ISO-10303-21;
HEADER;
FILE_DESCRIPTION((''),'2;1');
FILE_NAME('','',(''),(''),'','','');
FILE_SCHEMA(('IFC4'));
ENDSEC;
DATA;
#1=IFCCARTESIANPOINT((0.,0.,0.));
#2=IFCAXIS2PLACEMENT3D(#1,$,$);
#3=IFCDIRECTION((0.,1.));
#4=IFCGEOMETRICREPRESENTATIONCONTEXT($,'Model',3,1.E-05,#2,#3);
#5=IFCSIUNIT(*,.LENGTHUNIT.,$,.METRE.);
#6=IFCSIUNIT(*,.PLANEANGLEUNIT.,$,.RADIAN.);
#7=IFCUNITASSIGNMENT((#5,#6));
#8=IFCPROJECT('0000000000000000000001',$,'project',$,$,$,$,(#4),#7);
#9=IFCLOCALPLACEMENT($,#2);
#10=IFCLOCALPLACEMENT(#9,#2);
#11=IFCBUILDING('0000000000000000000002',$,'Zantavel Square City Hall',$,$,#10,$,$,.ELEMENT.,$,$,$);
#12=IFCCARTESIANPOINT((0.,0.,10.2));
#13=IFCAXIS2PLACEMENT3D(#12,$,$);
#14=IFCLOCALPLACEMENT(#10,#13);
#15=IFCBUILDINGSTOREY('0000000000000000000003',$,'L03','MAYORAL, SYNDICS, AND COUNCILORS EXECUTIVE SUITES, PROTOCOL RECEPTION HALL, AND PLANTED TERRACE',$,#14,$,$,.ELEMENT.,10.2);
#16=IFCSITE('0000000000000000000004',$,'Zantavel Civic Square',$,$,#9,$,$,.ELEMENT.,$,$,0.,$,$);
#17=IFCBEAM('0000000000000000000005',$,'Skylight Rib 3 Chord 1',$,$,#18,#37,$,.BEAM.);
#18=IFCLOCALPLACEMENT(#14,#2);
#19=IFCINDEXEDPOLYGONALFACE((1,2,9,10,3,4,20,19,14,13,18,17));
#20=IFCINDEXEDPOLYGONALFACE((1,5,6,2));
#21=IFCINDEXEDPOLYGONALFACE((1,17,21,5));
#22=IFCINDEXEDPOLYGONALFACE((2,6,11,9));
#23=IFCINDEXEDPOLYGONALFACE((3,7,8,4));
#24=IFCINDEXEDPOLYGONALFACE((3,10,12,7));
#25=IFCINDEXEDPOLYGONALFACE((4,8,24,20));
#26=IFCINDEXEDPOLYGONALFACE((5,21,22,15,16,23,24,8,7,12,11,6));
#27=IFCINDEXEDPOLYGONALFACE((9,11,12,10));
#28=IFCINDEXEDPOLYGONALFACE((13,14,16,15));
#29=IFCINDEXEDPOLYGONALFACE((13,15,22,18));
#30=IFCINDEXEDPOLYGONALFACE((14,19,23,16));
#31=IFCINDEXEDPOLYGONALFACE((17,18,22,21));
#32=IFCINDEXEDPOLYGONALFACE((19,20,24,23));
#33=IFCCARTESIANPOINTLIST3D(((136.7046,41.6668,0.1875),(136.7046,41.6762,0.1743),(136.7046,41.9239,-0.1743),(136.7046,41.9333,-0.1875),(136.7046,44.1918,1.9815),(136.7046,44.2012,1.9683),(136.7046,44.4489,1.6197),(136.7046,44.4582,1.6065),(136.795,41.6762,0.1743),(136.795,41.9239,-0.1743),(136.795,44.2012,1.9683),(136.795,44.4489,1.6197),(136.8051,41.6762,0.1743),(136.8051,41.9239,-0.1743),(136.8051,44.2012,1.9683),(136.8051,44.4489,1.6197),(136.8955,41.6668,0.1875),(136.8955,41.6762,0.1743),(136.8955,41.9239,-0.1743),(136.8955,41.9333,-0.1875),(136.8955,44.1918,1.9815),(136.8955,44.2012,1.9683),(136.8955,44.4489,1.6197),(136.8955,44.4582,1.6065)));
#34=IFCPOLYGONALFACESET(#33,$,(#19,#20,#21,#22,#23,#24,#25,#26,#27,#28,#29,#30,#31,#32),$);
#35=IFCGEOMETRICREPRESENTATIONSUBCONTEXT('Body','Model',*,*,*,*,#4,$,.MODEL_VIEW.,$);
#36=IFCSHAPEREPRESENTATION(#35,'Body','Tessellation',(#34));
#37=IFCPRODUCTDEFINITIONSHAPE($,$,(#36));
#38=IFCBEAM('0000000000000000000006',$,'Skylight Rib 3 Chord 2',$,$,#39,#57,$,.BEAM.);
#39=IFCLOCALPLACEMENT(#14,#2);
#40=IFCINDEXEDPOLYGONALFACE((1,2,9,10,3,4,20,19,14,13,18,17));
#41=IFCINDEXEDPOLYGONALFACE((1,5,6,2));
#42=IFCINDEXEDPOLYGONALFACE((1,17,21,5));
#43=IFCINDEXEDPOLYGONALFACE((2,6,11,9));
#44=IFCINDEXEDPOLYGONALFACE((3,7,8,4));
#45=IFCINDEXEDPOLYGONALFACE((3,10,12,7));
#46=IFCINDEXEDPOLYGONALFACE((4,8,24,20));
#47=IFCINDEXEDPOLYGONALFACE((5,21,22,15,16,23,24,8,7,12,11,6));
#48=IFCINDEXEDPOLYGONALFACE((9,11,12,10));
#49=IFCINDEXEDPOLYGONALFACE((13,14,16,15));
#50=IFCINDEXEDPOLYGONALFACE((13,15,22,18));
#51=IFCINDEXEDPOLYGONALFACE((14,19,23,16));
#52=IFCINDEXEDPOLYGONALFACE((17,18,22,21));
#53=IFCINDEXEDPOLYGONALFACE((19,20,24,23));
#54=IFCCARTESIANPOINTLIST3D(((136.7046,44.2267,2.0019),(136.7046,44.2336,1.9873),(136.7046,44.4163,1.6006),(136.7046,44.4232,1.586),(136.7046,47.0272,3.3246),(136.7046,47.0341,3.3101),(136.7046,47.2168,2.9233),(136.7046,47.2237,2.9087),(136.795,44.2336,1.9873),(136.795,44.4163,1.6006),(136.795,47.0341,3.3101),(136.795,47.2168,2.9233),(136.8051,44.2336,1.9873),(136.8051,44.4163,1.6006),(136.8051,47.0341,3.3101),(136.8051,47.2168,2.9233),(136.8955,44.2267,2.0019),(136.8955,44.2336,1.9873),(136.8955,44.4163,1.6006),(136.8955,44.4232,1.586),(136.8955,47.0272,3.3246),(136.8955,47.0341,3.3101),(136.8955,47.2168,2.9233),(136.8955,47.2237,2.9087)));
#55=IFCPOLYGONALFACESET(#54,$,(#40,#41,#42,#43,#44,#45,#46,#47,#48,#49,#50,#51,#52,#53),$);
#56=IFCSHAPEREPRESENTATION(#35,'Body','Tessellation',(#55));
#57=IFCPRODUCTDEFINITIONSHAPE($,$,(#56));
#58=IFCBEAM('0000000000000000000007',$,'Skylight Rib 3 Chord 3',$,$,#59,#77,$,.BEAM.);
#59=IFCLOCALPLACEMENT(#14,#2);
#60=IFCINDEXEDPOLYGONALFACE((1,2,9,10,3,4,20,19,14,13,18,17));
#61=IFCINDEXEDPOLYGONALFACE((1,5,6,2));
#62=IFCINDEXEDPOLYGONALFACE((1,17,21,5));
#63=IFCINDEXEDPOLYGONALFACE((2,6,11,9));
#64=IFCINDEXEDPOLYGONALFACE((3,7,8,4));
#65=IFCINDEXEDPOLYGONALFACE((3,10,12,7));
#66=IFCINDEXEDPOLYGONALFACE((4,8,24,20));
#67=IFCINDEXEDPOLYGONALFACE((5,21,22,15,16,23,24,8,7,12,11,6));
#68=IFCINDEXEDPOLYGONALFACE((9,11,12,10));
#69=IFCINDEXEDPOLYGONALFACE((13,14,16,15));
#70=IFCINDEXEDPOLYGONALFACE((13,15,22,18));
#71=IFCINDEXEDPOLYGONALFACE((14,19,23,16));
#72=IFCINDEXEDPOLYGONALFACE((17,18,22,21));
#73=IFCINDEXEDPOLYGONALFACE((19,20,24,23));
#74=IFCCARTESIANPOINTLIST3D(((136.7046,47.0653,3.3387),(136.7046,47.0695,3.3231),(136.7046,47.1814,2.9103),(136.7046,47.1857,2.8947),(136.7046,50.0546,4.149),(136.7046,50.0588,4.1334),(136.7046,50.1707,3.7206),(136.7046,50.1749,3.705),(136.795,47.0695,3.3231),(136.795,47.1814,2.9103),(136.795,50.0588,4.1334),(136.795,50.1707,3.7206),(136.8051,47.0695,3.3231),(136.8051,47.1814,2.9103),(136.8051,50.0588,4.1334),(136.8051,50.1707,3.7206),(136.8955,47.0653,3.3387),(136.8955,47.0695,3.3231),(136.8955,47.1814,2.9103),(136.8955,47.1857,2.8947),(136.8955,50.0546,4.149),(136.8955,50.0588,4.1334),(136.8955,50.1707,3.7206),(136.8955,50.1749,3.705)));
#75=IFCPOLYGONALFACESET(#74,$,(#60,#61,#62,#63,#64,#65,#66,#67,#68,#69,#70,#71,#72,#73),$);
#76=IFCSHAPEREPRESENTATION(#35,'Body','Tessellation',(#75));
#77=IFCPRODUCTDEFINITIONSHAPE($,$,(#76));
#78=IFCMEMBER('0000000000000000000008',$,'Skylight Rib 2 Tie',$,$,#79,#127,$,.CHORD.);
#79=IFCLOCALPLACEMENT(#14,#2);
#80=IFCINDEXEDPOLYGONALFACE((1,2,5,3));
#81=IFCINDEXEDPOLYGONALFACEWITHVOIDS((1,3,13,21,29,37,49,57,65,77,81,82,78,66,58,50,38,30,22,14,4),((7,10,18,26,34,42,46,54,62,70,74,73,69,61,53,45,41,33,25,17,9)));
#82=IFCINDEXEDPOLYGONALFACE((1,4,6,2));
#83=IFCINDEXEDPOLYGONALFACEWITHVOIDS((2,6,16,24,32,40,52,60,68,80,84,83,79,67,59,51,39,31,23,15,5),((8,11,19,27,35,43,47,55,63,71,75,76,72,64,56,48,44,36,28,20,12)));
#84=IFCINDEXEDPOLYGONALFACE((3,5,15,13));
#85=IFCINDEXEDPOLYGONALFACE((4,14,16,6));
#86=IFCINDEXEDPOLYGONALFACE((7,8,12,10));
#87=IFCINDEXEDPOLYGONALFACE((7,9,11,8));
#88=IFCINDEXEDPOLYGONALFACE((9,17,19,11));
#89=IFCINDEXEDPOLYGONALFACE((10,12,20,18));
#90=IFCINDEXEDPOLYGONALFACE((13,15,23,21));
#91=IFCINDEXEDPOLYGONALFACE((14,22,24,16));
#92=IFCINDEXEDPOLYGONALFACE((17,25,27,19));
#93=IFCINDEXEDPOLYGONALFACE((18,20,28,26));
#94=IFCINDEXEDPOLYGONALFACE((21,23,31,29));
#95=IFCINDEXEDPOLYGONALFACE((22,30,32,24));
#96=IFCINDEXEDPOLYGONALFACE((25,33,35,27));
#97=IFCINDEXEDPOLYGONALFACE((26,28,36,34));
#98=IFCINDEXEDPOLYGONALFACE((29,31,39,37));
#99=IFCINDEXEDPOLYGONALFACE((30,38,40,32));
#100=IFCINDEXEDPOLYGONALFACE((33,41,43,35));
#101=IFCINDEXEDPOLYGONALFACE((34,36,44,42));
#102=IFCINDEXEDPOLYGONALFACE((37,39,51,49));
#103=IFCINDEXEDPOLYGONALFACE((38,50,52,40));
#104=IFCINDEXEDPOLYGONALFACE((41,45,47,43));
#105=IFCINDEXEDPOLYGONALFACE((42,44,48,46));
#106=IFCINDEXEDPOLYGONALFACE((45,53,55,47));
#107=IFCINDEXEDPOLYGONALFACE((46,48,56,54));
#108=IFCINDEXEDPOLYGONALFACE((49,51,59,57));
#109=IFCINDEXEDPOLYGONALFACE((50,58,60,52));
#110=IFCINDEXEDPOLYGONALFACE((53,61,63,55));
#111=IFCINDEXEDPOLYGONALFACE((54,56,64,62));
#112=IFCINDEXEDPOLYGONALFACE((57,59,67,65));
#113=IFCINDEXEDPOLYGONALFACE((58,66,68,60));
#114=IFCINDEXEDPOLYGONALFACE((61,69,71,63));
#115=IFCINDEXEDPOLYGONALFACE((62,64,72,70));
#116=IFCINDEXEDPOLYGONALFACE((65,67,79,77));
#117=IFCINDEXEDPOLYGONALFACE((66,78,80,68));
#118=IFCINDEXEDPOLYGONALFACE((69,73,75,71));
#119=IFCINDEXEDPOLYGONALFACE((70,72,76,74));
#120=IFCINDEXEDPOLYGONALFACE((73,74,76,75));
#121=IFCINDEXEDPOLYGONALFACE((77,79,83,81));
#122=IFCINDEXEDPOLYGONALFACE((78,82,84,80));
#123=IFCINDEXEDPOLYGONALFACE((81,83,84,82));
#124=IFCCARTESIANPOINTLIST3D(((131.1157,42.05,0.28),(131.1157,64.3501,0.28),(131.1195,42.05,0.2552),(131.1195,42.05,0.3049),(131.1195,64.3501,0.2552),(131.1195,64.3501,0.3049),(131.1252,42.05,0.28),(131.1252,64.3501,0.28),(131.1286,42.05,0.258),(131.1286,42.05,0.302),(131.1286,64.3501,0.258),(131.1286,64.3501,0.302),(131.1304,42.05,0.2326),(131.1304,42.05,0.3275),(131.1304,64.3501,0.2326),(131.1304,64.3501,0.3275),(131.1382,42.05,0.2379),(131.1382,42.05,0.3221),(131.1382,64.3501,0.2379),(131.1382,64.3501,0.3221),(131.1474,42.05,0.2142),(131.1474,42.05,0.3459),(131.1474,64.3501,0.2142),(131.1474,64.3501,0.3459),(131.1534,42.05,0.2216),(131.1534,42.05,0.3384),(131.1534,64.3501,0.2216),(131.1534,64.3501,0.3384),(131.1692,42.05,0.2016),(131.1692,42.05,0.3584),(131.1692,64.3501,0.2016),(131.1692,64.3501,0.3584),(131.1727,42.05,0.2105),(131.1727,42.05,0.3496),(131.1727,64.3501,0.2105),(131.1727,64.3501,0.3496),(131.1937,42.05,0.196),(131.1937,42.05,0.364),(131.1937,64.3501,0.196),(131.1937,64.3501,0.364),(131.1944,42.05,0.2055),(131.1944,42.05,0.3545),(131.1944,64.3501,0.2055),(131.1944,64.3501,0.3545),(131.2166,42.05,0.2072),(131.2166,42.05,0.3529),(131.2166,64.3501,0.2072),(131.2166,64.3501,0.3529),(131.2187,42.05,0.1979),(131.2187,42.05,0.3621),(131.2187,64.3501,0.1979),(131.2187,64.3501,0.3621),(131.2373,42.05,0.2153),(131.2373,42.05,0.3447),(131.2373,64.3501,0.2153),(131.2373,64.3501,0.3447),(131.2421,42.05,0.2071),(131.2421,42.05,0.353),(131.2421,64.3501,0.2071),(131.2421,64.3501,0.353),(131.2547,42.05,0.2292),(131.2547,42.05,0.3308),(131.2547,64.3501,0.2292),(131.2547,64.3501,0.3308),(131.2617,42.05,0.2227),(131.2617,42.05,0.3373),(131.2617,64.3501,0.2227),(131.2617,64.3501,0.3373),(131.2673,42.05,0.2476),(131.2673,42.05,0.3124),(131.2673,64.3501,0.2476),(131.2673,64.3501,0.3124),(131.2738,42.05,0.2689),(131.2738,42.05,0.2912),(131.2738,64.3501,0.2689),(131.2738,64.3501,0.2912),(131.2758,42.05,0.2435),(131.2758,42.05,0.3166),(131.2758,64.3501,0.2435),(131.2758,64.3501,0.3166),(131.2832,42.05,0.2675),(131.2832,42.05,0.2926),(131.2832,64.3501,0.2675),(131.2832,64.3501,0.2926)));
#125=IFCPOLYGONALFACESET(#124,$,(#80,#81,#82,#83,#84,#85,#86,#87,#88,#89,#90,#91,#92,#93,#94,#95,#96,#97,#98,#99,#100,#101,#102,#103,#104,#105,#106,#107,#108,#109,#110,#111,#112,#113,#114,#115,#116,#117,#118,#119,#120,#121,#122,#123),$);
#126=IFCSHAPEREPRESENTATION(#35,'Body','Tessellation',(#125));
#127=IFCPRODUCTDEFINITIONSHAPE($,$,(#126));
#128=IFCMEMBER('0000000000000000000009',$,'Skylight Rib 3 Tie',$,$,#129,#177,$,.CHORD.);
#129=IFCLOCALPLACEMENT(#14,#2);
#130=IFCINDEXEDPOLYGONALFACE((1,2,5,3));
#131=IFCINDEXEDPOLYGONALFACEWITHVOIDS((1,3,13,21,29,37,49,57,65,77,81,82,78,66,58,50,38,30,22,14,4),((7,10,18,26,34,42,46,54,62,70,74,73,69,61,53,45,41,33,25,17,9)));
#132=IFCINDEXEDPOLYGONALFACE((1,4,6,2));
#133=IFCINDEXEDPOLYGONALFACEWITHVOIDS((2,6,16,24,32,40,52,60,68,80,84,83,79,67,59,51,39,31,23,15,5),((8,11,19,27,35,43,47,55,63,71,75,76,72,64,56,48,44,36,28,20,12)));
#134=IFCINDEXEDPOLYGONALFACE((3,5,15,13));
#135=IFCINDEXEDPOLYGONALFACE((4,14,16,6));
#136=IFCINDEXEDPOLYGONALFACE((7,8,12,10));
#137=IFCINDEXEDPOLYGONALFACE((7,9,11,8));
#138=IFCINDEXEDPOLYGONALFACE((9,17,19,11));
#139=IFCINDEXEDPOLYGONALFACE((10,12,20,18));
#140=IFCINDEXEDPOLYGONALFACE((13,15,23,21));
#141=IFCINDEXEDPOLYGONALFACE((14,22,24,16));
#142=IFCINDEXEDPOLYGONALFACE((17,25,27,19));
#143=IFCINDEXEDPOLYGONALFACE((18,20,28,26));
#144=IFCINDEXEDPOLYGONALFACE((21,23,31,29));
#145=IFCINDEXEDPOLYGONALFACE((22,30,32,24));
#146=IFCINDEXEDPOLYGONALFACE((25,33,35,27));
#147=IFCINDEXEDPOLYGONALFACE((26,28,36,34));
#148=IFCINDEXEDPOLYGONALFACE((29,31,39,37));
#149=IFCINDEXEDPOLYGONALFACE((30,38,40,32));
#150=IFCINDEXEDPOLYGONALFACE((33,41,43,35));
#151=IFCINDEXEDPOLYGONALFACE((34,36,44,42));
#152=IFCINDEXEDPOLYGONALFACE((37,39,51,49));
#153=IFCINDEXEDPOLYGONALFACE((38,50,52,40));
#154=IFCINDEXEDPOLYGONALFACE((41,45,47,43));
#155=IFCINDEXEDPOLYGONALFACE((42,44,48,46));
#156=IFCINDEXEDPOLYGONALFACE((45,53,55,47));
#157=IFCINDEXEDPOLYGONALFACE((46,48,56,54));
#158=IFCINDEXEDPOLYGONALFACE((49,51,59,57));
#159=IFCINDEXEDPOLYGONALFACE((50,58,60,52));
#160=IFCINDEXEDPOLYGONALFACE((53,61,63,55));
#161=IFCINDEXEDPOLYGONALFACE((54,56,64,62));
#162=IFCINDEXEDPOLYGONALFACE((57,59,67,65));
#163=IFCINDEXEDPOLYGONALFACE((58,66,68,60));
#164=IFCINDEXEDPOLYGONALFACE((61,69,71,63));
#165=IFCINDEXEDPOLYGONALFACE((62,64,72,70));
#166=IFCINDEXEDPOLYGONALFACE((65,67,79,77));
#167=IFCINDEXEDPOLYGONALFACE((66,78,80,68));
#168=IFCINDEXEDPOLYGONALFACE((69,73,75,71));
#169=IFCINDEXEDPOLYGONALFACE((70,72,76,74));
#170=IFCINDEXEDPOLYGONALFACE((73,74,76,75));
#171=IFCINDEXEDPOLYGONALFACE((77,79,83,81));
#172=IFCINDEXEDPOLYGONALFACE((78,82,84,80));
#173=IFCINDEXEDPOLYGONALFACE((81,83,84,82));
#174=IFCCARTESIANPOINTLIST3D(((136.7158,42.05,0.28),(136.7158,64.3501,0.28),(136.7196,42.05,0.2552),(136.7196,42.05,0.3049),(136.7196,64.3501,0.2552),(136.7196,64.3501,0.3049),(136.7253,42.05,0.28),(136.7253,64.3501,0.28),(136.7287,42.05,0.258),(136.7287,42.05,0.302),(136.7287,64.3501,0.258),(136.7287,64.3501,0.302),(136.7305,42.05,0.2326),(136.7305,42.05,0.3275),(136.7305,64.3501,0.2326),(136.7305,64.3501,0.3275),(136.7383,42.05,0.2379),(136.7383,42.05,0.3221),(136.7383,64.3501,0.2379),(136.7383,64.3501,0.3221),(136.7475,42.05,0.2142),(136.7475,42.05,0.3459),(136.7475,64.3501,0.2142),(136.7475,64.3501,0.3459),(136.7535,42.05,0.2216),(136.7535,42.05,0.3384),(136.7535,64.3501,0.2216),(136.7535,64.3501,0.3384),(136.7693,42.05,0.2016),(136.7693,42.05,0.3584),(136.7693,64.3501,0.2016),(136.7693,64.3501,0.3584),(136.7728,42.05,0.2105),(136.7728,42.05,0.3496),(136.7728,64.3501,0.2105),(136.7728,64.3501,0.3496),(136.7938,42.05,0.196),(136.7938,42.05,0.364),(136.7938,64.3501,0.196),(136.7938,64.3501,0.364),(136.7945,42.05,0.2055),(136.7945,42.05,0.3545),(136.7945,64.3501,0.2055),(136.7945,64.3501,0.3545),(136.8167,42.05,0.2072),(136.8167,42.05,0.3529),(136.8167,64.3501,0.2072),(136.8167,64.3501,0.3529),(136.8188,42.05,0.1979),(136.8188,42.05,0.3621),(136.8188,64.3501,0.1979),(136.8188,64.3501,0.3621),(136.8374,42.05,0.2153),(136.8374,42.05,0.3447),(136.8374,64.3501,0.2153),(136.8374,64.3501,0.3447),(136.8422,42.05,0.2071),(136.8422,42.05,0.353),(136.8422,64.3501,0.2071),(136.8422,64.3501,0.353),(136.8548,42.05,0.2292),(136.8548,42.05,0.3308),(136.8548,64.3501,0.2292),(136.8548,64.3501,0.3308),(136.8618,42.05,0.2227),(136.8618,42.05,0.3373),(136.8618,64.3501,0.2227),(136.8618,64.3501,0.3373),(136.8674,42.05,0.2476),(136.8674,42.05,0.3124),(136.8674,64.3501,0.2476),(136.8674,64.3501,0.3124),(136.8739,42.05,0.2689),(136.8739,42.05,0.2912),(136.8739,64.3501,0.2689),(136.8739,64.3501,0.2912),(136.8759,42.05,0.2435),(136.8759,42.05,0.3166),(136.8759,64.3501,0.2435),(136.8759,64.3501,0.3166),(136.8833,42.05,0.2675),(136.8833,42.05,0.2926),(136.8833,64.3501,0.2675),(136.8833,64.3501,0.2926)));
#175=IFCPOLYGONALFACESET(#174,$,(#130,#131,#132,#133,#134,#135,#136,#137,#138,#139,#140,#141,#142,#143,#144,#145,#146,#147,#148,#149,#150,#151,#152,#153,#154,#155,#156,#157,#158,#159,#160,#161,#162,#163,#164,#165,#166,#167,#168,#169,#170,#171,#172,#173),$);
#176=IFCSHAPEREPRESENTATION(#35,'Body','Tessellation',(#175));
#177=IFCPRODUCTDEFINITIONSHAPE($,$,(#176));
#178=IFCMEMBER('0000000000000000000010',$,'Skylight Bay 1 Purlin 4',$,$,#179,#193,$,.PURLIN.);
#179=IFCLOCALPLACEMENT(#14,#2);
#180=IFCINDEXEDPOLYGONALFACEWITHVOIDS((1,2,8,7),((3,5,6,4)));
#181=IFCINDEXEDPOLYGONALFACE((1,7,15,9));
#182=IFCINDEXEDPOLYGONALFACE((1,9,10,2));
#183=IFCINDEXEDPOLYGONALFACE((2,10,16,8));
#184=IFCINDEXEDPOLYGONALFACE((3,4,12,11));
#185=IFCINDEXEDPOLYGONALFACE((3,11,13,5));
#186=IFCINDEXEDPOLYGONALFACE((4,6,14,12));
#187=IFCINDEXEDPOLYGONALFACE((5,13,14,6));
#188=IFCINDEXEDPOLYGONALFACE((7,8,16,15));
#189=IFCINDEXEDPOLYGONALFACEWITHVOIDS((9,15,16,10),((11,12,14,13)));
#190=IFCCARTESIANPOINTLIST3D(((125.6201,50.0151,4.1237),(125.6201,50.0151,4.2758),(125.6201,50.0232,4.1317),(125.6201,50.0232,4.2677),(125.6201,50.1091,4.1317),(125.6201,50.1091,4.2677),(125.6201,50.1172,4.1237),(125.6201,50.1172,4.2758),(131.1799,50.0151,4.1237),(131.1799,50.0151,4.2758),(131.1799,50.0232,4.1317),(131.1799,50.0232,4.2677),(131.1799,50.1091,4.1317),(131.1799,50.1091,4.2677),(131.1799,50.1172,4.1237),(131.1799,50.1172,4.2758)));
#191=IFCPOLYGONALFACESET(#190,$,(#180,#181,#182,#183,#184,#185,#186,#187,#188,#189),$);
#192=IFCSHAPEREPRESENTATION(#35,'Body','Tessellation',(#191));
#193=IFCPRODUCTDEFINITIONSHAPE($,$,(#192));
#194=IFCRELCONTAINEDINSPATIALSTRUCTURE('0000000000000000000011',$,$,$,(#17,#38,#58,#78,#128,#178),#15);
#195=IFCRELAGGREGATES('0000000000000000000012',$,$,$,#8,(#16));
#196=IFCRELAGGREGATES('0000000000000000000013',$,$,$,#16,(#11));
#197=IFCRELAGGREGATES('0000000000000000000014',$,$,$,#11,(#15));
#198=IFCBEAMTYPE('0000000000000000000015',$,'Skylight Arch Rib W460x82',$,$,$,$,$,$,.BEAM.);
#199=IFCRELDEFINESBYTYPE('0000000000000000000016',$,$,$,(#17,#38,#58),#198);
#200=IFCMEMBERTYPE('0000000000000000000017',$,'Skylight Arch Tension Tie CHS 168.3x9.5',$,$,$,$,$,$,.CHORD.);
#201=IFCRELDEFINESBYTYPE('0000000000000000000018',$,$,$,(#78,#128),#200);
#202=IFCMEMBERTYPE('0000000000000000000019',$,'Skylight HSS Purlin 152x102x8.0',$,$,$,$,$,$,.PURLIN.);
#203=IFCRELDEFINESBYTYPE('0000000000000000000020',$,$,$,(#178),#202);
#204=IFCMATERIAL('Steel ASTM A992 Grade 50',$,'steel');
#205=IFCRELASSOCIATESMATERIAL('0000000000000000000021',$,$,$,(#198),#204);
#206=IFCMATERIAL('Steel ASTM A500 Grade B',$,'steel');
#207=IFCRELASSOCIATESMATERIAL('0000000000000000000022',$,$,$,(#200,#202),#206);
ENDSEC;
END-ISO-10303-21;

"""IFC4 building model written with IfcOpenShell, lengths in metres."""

from ifc_helpers import new_model, si_unit, direction, frame, origin, origin_2d, place, context, subcontext, project, spatial, hollow_rectangle, hollow_circle, i_section, extrude, material, material_profile, profile_set, type_object, element, save


model = new_model("IFC4")

# Units and contexts
model_context = context("Model", 3, precision=1e-05, world=origin(), true_north=direction((0.0, 1.0)))
body_context = subcontext(model_context, "Body", "Model", "MODEL_VIEW")
ifc_project = project(units=[si_unit("LENGTHUNIT", "METRE"), si_unit("PLANEANGLEUNIT", "RADIAN")], contexts=[model_context])

# Site, building, storey
site_placement = place(None, origin())
site = spatial("IfcSite", under=ifc_project, at=site_placement, Name="Zantavel Civic Square", CompositionType="ELEMENT", RefElevation=0.0)
building_placement = place(site_placement, origin())
building = spatial("IfcBuilding", under=site, at=building_placement, Name="Zantavel Square City Hall", CompositionType="ELEMENT")
storey_placement = place(building_placement, frame((0.0, 0.0, 10.2)))
storey = spatial("IfcBuildingStorey", under=building, at=storey_placement, Name="L03", Description="MAYORAL, SYNDICS, AND COUNCILORS EXECUTIVE SUITES, PROTOCOL RECEPTION HALL, AND PLANTED TERRACE", CompositionType="ELEMENT", Elevation=10.2)

# Beams
ifc_material_1 = material(Name="Steel ASTM A992 Grade 50", Category="steel")
ifc_material_profile_1 = material_profile(ifc_material_1, i_section(OverallWidth=0.1909, OverallDepth=0.46, WebThickness=0.01, FlangeThickness=0.0161, at=origin_2d()), Name="W460x82")
ifc_profile_set_1 = profile_set([ifc_material_profile_1], Name="Steel ASTM A992 Grade 50")
beam_type_1 = type_object("IfcBeamType", Name="Skylight Arch Rib W460x82", PredefinedType="BEAM", material=ifc_profile_set_1)
beam_1_placement = place(storey_placement, frame((136.8, 41.8, 0.0), z_axis=(0.0, 0.81519, 0.579193), x_axis=(-1.0, 0.0, 0.0)))
element("IfcBeam", 1, at=beam_1_placement, inside=storey, type_object=beam_type_1, Name="Skylight Rib 3 Chord 1", PredefinedType="BEAM", context=body_context, shape_type="SweptSolid", body=[
    extrude(i_section(OverallWidth=0.1909, OverallDepth=0.46, WebThickness=0.01, FlangeThickness=0.0161, at=origin_2d()), origin(), (0.0, 0.0, 1.0), 3.0974),
])
for number, where, z_axis, x_axis, name in (
    (2, (136.8, 44.325, 1.7939), (0.0, 0.904214, 0.42708), (-1.0, 0.0, 0.0), "Skylight Rib 3 Chord 2"),
    (3, (136.8, 47.1255, 3.1167), (0.0, 0.965168, 0.26163), (-1.0, 0.0, 0.0), "Skylight Rib 3 Chord 3"),
):
    element("IfcBeam", number, at=place(storey_placement, frame(where, z_axis=z_axis, x_axis=x_axis)), inside=storey, type_object=beam_type_1, Name=name, PredefinedType="BEAM", context=body_context, shape_type="SweptSolid", body=[
        extrude(i_section(OverallWidth=0.1909, OverallDepth=0.46, WebThickness=0.01, FlangeThickness=0.0161, at=origin_2d()), origin(), (0.0, 0.0, 1.0), 3.0972),
    ])

# Members
ifc_material_2 = material(Name="Steel ASTM A500 Grade B", Category="steel")
ifc_material_profile_2 = material_profile(ifc_material_2, hollow_circle(Radius=0.0842, WallThickness=0.0095, at=origin_2d()), Name="CHS 168.3x9.5")
ifc_profile_set_2 = profile_set([ifc_material_profile_2], Name="Steel ASTM A500 Grade B")
member_type_1 = type_object("IfcMemberType", Name="Skylight Arch Tension Tie CHS 168.3x9.5", PredefinedType="CHORD", material=ifc_profile_set_2)
for number, where, z_axis, x_axis, name in (
    (4, (131.2, 42.05, 0.28), (0.0, 1.0, 0.0), (-1.0, 0.0, 0.0), "Skylight Rib 2 Tie"),
    (5, (136.8, 42.05, 0.28), (0.0, 1.0, 0.0), (-1.0, 0.0, 0.0), "Skylight Rib 3 Tie"),
):
    element("IfcMember", number, at=place(storey_placement, frame(where, z_axis=z_axis, x_axis=x_axis)), inside=storey, type_object=member_type_1, Name=name, PredefinedType="CHORD", context=body_context, shape_type="SweptSolid", body=[
        extrude(hollow_circle(Radius=0.0842, WallThickness=0.0095, at=origin_2d()), origin(), (0.0, 0.0, 1.0), 22.3),
    ])
ifc_material_profile_3 = material_profile(ifc_material_2, hollow_rectangle(XDim=0.1021, YDim=0.1521, WallThickness=0.0081, at=origin_2d()), Name="HSS 152x102x8.0")
ifc_profile_set_3 = profile_set([ifc_material_profile_3], Name="Steel ASTM A500 Grade B")
member_type_2 = type_object("IfcMemberType", Name="Skylight HSS Purlin 152x102x8.0", PredefinedType="PURLIN", material=ifc_profile_set_3)
member_placement = place(storey_placement, frame((125.6201, 50.0662, 4.1997), z_axis=(1.0, 0.0, 0.0), x_axis=(0.0, 1.0, 0.0)))
element("IfcMember", 6, at=member_placement, inside=storey, type_object=member_type_2, Name="Skylight Bay 1 Purlin 4", PredefinedType="PURLIN", context=body_context, shape_type="SweptSolid", body=[
    extrude(hollow_rectangle(XDim=0.1021, YDim=0.1521, WallThickness=0.0081, at=origin_2d()), origin(), (0.0, 0.0, 1.0), 5.5598),
])

save(model, "model.ifc")
